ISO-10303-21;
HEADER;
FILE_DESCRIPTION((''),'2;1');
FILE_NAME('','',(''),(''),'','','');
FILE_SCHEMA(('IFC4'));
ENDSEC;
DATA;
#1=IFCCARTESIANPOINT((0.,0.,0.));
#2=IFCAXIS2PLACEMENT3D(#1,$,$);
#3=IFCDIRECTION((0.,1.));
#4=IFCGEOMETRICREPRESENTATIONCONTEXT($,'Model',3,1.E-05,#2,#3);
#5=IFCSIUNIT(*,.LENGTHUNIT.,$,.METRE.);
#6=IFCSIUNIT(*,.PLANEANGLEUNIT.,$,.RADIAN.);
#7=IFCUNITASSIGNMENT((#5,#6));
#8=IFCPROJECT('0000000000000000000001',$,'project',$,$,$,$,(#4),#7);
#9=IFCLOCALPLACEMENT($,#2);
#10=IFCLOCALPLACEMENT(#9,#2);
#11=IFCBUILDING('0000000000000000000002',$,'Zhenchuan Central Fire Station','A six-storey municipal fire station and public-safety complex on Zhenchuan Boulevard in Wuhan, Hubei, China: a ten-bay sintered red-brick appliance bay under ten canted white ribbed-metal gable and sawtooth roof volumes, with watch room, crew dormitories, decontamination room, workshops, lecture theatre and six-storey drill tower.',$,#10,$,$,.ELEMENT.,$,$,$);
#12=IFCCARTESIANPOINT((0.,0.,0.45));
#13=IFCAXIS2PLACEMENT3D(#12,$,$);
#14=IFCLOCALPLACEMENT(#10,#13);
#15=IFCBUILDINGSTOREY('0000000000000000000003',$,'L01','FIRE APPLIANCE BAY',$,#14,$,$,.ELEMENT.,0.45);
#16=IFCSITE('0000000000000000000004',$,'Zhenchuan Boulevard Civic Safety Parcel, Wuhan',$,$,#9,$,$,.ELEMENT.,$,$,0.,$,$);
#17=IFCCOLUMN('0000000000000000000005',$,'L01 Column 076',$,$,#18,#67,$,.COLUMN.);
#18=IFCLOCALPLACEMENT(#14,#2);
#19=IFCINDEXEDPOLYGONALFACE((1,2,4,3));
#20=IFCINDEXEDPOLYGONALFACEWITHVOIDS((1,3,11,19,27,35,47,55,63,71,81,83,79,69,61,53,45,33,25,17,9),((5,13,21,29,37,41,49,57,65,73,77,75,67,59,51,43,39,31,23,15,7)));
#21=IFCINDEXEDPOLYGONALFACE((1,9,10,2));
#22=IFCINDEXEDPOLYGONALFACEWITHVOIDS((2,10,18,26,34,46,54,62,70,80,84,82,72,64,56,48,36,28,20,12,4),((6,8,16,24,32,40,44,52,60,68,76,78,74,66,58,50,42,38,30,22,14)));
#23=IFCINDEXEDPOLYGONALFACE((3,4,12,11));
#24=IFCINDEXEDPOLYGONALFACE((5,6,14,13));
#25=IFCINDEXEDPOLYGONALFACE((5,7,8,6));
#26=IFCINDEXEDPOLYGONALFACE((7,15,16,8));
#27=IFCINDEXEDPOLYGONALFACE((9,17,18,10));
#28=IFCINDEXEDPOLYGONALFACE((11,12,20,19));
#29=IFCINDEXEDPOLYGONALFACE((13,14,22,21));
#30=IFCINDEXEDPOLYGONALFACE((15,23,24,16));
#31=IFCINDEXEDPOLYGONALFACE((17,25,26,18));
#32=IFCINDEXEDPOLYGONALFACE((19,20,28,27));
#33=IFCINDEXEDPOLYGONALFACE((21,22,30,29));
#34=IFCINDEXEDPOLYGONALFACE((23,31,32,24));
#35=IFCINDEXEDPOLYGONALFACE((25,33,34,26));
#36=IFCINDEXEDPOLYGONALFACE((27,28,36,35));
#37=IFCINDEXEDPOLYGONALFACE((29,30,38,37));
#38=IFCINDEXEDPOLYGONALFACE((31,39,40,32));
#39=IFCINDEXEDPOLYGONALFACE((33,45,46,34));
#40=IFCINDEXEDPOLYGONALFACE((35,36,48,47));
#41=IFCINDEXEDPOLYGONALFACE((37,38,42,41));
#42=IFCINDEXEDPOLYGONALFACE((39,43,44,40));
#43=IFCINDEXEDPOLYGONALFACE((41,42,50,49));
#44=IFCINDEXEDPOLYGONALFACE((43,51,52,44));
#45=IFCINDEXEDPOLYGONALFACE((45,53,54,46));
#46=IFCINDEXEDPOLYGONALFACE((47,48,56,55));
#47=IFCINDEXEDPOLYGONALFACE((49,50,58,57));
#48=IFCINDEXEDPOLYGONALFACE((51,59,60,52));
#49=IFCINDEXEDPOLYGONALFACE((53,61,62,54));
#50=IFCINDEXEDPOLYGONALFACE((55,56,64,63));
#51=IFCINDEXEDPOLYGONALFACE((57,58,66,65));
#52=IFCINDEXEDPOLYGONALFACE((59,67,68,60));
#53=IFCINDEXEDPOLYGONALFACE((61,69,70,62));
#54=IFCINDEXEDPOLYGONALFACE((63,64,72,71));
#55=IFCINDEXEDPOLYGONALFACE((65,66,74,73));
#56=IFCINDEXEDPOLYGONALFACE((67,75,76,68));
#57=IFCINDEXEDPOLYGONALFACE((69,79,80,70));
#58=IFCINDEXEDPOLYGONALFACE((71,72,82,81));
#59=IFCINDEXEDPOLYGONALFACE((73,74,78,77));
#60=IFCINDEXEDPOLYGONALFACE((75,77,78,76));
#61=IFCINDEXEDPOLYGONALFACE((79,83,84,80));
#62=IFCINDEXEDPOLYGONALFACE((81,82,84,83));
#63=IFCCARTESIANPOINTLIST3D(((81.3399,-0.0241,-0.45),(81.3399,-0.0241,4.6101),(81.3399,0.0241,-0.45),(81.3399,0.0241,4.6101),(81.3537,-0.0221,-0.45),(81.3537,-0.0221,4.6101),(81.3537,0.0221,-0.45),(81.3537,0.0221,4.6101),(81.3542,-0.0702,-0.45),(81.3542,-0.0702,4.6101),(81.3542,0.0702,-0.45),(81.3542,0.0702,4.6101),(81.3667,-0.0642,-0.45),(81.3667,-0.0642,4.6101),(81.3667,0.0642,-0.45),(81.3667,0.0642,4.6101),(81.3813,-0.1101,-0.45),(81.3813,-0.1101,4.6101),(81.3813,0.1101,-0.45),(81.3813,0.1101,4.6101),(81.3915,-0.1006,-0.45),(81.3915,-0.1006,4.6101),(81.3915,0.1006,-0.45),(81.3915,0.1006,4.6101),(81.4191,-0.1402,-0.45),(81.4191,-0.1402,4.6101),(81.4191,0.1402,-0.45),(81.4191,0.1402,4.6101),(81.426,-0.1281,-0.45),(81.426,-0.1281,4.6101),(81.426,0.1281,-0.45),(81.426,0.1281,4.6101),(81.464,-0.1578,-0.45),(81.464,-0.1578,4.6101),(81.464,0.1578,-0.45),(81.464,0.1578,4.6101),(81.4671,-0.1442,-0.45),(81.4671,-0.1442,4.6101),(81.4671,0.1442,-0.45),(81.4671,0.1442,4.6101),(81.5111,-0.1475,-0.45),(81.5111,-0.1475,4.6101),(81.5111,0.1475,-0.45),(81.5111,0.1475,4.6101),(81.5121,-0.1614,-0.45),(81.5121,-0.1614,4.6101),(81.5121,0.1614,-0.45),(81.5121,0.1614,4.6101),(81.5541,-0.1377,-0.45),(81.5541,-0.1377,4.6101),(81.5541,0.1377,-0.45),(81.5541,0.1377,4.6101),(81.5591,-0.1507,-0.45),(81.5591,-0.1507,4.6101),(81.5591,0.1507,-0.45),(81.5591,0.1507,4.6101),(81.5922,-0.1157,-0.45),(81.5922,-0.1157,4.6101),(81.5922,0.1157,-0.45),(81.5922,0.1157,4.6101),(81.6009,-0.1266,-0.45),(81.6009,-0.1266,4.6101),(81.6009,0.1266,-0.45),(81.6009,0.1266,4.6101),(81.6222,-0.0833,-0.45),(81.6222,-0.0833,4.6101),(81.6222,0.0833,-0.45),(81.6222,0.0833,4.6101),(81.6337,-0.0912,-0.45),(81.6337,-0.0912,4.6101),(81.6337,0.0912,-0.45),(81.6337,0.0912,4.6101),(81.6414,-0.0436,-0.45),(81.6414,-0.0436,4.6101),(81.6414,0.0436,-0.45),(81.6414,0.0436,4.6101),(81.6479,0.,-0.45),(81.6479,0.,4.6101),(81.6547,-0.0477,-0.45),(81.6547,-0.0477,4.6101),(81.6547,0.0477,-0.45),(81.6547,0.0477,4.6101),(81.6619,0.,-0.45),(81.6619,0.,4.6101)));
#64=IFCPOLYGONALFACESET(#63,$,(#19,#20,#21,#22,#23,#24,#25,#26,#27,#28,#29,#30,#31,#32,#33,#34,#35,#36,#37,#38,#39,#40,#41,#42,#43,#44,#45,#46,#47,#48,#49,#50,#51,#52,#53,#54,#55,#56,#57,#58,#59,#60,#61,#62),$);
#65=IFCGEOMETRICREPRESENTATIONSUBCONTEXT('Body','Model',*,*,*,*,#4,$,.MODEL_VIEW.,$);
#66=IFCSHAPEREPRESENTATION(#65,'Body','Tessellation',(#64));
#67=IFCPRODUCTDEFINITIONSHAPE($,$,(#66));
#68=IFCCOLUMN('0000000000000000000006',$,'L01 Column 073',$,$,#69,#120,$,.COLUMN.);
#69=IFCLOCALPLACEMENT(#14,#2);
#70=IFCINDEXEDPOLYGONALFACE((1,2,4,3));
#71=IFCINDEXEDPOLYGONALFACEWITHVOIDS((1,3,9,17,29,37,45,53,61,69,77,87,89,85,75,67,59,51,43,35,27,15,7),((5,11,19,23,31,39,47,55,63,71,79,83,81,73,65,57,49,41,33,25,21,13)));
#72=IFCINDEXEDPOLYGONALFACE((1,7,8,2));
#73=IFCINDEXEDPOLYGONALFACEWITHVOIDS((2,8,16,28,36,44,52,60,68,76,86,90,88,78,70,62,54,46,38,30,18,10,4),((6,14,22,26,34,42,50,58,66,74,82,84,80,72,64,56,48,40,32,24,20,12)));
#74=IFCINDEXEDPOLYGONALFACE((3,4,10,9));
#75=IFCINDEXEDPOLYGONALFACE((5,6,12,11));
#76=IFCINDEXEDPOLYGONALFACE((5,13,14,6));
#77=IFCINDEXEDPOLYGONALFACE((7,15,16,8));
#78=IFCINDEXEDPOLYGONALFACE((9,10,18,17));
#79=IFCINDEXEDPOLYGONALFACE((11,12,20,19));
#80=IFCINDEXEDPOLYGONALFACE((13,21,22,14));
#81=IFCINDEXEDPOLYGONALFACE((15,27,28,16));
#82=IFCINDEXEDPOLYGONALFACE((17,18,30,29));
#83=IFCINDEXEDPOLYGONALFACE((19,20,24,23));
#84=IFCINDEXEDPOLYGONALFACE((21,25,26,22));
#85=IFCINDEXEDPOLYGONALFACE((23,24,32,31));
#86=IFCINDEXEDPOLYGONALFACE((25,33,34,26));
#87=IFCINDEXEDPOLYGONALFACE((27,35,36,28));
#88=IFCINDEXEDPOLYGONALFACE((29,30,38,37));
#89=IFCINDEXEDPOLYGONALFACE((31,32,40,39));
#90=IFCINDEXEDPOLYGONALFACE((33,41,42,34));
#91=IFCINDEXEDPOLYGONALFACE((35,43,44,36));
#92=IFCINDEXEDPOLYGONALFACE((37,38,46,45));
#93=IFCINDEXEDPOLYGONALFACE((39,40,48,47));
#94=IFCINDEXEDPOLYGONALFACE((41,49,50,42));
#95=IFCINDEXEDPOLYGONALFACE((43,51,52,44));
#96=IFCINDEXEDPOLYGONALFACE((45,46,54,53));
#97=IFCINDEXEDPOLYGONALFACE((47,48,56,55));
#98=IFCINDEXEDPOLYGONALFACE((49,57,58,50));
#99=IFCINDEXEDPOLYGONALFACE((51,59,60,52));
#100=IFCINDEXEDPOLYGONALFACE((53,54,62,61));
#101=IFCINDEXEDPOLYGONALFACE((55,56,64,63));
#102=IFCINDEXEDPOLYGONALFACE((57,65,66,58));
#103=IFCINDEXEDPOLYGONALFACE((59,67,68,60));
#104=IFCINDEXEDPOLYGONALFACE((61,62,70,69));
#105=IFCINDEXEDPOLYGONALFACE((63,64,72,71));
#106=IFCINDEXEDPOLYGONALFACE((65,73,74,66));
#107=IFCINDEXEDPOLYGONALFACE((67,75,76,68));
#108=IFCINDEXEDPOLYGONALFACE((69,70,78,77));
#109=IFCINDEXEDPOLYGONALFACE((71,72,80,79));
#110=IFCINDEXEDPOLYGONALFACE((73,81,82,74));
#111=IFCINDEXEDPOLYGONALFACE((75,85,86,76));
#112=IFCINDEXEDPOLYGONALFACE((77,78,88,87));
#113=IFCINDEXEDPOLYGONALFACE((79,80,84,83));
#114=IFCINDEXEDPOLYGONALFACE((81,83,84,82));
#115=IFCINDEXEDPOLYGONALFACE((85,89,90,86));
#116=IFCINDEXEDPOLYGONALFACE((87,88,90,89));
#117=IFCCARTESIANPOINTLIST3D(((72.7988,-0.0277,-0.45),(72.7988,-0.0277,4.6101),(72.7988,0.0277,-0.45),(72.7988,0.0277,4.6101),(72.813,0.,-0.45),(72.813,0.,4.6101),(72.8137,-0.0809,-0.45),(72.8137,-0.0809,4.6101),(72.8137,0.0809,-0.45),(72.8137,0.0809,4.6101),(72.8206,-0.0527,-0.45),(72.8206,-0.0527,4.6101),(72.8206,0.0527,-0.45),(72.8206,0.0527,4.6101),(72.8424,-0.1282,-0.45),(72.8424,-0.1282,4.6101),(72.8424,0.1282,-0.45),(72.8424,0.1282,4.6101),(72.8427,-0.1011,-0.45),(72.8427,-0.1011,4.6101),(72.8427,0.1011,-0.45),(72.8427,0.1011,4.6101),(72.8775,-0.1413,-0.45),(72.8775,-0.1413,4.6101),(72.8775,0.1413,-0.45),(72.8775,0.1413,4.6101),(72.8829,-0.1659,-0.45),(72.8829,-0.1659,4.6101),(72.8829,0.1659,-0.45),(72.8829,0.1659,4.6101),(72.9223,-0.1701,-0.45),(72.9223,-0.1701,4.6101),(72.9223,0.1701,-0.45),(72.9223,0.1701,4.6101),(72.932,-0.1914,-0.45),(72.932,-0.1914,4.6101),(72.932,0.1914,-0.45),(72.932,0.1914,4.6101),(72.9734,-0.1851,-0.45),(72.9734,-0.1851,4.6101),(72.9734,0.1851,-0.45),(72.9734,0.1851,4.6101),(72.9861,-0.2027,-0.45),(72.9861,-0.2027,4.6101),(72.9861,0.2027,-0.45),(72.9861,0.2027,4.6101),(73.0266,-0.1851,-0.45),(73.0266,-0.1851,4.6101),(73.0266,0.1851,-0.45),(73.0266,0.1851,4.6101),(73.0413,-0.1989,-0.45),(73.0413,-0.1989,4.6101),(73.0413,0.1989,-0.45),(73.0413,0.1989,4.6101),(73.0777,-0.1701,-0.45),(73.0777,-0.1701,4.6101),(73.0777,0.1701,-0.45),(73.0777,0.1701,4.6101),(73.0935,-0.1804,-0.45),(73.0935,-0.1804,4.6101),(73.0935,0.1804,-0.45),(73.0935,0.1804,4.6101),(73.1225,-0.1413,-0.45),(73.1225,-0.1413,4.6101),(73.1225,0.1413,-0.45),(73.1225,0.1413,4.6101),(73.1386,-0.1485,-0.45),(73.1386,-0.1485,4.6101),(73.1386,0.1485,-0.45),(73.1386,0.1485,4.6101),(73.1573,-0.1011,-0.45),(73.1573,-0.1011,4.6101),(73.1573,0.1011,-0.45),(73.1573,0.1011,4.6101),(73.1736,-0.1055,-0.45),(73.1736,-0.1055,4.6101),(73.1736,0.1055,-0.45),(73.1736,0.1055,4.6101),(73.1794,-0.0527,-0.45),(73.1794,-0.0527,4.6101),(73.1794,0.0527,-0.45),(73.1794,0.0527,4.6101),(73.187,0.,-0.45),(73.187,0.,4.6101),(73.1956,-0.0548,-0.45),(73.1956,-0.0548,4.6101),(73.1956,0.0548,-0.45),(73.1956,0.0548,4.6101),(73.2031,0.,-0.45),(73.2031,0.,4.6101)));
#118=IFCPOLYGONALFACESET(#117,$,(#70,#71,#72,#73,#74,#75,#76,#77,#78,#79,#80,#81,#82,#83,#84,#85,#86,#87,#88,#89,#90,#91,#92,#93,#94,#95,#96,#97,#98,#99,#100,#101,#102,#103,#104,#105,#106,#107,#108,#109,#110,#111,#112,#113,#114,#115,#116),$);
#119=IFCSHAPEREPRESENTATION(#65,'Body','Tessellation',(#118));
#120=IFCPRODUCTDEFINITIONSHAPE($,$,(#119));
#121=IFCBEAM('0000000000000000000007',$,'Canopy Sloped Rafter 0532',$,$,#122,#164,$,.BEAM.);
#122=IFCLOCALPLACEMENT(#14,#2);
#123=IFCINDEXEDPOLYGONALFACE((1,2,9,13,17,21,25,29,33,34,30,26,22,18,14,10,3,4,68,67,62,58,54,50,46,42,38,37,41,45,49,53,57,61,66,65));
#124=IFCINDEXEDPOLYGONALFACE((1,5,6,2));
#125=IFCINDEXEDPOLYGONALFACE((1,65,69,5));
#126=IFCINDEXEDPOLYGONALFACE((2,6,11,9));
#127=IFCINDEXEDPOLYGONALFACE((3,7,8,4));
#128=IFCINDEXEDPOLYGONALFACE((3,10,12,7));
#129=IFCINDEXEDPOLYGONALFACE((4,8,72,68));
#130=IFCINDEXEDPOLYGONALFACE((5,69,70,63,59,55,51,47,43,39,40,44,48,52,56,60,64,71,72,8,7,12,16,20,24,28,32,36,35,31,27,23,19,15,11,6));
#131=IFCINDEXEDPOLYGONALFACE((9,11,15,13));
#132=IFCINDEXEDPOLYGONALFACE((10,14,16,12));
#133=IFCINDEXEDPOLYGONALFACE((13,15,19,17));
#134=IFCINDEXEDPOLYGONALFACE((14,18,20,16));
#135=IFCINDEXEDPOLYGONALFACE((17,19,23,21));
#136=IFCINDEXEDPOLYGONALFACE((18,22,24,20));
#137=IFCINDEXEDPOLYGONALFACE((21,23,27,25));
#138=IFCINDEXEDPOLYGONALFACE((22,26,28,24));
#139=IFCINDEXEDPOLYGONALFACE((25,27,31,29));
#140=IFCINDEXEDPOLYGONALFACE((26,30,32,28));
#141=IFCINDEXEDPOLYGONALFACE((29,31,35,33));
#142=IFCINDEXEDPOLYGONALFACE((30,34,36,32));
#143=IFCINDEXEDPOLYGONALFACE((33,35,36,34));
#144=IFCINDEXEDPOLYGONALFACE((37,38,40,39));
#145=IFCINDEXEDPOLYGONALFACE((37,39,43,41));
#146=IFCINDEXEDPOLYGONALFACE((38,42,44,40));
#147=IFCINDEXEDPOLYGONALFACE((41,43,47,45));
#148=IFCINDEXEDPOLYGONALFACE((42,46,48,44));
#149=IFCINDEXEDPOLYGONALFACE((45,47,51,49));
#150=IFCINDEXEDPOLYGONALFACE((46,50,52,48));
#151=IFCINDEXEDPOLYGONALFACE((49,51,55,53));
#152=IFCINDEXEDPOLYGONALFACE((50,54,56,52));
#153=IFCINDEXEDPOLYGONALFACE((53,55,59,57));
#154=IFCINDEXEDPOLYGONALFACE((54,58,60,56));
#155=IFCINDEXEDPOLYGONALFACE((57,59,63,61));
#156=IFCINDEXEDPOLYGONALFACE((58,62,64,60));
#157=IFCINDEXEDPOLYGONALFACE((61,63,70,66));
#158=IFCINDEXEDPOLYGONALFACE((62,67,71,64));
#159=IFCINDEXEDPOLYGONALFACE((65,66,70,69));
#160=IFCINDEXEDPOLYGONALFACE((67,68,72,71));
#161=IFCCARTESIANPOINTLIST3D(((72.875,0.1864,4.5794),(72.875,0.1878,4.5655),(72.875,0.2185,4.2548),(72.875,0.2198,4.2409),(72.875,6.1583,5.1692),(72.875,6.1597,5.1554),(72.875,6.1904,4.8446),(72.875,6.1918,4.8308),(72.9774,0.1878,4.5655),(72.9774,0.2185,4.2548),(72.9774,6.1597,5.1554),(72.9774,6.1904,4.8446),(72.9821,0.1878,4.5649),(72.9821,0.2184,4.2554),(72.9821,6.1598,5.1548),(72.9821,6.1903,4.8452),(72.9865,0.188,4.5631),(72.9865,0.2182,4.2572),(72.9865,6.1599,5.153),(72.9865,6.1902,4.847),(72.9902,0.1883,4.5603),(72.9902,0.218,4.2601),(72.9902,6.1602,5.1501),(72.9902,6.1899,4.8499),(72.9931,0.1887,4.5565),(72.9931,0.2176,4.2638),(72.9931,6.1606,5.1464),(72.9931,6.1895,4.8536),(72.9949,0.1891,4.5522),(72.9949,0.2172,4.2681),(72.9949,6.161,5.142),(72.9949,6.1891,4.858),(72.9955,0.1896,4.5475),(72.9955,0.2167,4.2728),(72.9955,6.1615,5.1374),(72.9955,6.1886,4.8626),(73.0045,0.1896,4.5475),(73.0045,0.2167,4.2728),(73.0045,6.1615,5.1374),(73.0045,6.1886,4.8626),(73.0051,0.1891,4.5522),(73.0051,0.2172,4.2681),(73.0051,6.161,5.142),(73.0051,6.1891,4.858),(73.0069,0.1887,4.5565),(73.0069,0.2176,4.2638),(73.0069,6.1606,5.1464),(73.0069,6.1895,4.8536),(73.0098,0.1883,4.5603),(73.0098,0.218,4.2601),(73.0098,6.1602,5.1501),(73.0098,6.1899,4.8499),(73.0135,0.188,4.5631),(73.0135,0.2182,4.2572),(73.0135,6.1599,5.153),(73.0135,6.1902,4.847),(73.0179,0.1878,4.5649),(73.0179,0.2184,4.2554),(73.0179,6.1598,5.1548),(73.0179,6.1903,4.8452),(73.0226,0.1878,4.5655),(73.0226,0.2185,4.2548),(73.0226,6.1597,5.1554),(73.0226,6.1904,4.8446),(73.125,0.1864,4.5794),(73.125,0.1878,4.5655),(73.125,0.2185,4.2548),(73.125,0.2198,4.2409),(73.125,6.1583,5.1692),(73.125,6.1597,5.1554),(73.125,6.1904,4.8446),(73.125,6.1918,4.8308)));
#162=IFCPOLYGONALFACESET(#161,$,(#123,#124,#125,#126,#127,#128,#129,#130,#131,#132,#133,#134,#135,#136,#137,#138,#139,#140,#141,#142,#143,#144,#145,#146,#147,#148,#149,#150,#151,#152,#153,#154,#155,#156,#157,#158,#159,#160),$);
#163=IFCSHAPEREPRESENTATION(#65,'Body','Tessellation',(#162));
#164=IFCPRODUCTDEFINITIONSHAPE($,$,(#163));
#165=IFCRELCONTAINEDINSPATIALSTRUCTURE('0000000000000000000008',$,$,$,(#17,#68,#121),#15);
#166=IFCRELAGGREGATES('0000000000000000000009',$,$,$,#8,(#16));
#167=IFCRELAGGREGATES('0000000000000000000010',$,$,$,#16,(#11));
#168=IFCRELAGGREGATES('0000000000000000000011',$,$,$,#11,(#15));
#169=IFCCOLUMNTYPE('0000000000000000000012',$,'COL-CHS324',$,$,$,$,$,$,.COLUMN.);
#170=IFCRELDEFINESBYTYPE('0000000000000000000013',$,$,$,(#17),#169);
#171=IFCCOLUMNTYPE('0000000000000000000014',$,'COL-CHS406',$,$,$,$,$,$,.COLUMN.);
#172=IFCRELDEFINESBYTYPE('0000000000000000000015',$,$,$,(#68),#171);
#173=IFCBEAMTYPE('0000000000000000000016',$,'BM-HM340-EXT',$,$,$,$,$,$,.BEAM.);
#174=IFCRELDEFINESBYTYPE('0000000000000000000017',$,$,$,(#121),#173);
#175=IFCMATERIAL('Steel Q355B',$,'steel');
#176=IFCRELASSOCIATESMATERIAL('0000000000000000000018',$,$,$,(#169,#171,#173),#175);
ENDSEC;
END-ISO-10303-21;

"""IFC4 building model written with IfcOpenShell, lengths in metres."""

from ifc_helpers import new_model, si_unit, direction, frame, origin, origin_2d, place, context, subcontext, project, spatial, hollow_circle, i_section, extrude, material, material_profile, profile_set, type_object, element, save


model = new_model("IFC4")

# Units and contexts
model_context = context("Model", 3, precision=1e-05, world=origin(), true_north=direction((0.0, 1.0)))
body_context = subcontext(model_context, "Body", "Model", "MODEL_VIEW")
ifc_project = project(units=[si_unit("LENGTHUNIT", "METRE"), si_unit("PLANEANGLEUNIT", "RADIAN")], contexts=[model_context])

# Site, building, storey
site_placement = place(None, origin())
site = spatial("IfcSite", under=ifc_project, at=site_placement, Name="Zhenchuan Boulevard Civic Safety Parcel, Wuhan", CompositionType="ELEMENT", RefElevation=0.0)
building_placement = place(site_placement, origin())
building = spatial("IfcBuilding", under=site, at=building_placement, Name="Zhenchuan Central Fire Station", Description="A six-storey municipal fire station and public-safety complex on Zhenchuan Boulevard in Wuhan, Hubei, China: a ten-bay sintered red-brick appliance bay under ten canted white ribbed-metal gable and sawtooth roof volumes, with watch room, crew dormitories, decontamination room, workshops, lecture theatre and six-storey drill tower.", CompositionType="ELEMENT")
storey_placement = place(building_placement, frame((0.0, 0.0, 0.45)))
storey = spatial("IfcBuildingStorey", under=building, at=storey_placement, Name="L01", Description="FIRE APPLIANCE BAY", CompositionType="ELEMENT", Elevation=0.45)

# Columns
ifc_material_1 = material(Name="Steel Q355B", Category="steel")
ifc_material_profile_1 = material_profile(ifc_material_1, hollow_circle(Radius=0.1619, WallThickness=0.0139, at=origin_2d()), Name="CHS 323.9x14")
ifc_profile_set_1 = profile_set([ifc_material_profile_1], Name="Steel Q355B")
column_type_1 = type_object("IfcColumnType", Name="COL-CHS324", PredefinedType="COLUMN", material=ifc_profile_set_1)
column_1_placement = place(storey_placement, frame((81.5, 0.0, -0.45), z_axis=(0.0, 0.0, 1.0), x_axis=(1.0, 0.0, 0.0)))
element("IfcColumn", 1, at=column_1_placement, inside=storey, type_object=column_type_1, Name="L01 Column 076", PredefinedType="COLUMN", context=body_context, shape_type="SweptSolid", body=[
    extrude(hollow_circle(Radius=0.1619, WallThickness=0.0139, at=origin_2d()), origin(), (0.0, 0.0, 1.0), 5.0601),
])
ifc_material_profile_2 = material_profile(ifc_material_1, hollow_circle(Radius=0.2031, WallThickness=0.0161, at=origin_2d()), Name="CHS 406.4x16")
ifc_profile_set_2 = profile_set([ifc_material_profile_2], Name="Steel Q355B")
column_type_2 = type_object("IfcColumnType", Name="COL-CHS406", PredefinedType="COLUMN", material=ifc_profile_set_2)
column_2_placement = place(storey_placement, frame((73.0, 0.0, -0.45), z_axis=(0.0, 0.0, 1.0), x_axis=(1.0, 0.0, 0.0)))
element("IfcColumn", 2, at=column_2_placement, inside=storey, type_object=column_type_2, Name="L01 Column 073", PredefinedType="COLUMN", context=body_context, shape_type="SweptSolid", body=[
    extrude(hollow_circle(Radius=0.2031, WallThickness=0.0161, at=origin_2d()), origin(), (0.0, 0.0, 1.0), 5.0601),
])

# Beam
ifc_material_profile_3 = material_profile(ifc_material_1, i_section(OverallWidth=0.25, OverallDepth=0.3401, WebThickness=0.009, FlangeThickness=0.0139, FilletRadius=0.0181, at=origin_2d()), Name="HM 340x250")
ifc_profile_set_3 = profile_set([ifc_material_profile_3], Name="Steel Q355B")
beam_type_1 = type_object("IfcBeamType", Name="BM-HM340-EXT", PredefinedType="BEAM", material=ifc_profile_set_3)
beam_1_placement = place(storey_placement, frame((73.0, 0.2031, 4.4102), z_axis=(0.0, 0.995158, 0.098291), x_axis=(-1.0, 0.0, 0.0)))
element("IfcBeam", 3, at=beam_1_placement, inside=storey, type_object=beam_type_1, Name="Canopy Sloped Rafter 0532", PredefinedType="BEAM", context=body_context, shape_type="SweptSolid", body=[
    extrude(i_section(OverallWidth=0.25, OverallDepth=0.3401, WebThickness=0.009, FlangeThickness=0.0139, FilletRadius=0.0181, at=origin_2d()), origin(), (0.0, 0.0, 1.0), 6.001),
])

save(model, "model.ifc")
